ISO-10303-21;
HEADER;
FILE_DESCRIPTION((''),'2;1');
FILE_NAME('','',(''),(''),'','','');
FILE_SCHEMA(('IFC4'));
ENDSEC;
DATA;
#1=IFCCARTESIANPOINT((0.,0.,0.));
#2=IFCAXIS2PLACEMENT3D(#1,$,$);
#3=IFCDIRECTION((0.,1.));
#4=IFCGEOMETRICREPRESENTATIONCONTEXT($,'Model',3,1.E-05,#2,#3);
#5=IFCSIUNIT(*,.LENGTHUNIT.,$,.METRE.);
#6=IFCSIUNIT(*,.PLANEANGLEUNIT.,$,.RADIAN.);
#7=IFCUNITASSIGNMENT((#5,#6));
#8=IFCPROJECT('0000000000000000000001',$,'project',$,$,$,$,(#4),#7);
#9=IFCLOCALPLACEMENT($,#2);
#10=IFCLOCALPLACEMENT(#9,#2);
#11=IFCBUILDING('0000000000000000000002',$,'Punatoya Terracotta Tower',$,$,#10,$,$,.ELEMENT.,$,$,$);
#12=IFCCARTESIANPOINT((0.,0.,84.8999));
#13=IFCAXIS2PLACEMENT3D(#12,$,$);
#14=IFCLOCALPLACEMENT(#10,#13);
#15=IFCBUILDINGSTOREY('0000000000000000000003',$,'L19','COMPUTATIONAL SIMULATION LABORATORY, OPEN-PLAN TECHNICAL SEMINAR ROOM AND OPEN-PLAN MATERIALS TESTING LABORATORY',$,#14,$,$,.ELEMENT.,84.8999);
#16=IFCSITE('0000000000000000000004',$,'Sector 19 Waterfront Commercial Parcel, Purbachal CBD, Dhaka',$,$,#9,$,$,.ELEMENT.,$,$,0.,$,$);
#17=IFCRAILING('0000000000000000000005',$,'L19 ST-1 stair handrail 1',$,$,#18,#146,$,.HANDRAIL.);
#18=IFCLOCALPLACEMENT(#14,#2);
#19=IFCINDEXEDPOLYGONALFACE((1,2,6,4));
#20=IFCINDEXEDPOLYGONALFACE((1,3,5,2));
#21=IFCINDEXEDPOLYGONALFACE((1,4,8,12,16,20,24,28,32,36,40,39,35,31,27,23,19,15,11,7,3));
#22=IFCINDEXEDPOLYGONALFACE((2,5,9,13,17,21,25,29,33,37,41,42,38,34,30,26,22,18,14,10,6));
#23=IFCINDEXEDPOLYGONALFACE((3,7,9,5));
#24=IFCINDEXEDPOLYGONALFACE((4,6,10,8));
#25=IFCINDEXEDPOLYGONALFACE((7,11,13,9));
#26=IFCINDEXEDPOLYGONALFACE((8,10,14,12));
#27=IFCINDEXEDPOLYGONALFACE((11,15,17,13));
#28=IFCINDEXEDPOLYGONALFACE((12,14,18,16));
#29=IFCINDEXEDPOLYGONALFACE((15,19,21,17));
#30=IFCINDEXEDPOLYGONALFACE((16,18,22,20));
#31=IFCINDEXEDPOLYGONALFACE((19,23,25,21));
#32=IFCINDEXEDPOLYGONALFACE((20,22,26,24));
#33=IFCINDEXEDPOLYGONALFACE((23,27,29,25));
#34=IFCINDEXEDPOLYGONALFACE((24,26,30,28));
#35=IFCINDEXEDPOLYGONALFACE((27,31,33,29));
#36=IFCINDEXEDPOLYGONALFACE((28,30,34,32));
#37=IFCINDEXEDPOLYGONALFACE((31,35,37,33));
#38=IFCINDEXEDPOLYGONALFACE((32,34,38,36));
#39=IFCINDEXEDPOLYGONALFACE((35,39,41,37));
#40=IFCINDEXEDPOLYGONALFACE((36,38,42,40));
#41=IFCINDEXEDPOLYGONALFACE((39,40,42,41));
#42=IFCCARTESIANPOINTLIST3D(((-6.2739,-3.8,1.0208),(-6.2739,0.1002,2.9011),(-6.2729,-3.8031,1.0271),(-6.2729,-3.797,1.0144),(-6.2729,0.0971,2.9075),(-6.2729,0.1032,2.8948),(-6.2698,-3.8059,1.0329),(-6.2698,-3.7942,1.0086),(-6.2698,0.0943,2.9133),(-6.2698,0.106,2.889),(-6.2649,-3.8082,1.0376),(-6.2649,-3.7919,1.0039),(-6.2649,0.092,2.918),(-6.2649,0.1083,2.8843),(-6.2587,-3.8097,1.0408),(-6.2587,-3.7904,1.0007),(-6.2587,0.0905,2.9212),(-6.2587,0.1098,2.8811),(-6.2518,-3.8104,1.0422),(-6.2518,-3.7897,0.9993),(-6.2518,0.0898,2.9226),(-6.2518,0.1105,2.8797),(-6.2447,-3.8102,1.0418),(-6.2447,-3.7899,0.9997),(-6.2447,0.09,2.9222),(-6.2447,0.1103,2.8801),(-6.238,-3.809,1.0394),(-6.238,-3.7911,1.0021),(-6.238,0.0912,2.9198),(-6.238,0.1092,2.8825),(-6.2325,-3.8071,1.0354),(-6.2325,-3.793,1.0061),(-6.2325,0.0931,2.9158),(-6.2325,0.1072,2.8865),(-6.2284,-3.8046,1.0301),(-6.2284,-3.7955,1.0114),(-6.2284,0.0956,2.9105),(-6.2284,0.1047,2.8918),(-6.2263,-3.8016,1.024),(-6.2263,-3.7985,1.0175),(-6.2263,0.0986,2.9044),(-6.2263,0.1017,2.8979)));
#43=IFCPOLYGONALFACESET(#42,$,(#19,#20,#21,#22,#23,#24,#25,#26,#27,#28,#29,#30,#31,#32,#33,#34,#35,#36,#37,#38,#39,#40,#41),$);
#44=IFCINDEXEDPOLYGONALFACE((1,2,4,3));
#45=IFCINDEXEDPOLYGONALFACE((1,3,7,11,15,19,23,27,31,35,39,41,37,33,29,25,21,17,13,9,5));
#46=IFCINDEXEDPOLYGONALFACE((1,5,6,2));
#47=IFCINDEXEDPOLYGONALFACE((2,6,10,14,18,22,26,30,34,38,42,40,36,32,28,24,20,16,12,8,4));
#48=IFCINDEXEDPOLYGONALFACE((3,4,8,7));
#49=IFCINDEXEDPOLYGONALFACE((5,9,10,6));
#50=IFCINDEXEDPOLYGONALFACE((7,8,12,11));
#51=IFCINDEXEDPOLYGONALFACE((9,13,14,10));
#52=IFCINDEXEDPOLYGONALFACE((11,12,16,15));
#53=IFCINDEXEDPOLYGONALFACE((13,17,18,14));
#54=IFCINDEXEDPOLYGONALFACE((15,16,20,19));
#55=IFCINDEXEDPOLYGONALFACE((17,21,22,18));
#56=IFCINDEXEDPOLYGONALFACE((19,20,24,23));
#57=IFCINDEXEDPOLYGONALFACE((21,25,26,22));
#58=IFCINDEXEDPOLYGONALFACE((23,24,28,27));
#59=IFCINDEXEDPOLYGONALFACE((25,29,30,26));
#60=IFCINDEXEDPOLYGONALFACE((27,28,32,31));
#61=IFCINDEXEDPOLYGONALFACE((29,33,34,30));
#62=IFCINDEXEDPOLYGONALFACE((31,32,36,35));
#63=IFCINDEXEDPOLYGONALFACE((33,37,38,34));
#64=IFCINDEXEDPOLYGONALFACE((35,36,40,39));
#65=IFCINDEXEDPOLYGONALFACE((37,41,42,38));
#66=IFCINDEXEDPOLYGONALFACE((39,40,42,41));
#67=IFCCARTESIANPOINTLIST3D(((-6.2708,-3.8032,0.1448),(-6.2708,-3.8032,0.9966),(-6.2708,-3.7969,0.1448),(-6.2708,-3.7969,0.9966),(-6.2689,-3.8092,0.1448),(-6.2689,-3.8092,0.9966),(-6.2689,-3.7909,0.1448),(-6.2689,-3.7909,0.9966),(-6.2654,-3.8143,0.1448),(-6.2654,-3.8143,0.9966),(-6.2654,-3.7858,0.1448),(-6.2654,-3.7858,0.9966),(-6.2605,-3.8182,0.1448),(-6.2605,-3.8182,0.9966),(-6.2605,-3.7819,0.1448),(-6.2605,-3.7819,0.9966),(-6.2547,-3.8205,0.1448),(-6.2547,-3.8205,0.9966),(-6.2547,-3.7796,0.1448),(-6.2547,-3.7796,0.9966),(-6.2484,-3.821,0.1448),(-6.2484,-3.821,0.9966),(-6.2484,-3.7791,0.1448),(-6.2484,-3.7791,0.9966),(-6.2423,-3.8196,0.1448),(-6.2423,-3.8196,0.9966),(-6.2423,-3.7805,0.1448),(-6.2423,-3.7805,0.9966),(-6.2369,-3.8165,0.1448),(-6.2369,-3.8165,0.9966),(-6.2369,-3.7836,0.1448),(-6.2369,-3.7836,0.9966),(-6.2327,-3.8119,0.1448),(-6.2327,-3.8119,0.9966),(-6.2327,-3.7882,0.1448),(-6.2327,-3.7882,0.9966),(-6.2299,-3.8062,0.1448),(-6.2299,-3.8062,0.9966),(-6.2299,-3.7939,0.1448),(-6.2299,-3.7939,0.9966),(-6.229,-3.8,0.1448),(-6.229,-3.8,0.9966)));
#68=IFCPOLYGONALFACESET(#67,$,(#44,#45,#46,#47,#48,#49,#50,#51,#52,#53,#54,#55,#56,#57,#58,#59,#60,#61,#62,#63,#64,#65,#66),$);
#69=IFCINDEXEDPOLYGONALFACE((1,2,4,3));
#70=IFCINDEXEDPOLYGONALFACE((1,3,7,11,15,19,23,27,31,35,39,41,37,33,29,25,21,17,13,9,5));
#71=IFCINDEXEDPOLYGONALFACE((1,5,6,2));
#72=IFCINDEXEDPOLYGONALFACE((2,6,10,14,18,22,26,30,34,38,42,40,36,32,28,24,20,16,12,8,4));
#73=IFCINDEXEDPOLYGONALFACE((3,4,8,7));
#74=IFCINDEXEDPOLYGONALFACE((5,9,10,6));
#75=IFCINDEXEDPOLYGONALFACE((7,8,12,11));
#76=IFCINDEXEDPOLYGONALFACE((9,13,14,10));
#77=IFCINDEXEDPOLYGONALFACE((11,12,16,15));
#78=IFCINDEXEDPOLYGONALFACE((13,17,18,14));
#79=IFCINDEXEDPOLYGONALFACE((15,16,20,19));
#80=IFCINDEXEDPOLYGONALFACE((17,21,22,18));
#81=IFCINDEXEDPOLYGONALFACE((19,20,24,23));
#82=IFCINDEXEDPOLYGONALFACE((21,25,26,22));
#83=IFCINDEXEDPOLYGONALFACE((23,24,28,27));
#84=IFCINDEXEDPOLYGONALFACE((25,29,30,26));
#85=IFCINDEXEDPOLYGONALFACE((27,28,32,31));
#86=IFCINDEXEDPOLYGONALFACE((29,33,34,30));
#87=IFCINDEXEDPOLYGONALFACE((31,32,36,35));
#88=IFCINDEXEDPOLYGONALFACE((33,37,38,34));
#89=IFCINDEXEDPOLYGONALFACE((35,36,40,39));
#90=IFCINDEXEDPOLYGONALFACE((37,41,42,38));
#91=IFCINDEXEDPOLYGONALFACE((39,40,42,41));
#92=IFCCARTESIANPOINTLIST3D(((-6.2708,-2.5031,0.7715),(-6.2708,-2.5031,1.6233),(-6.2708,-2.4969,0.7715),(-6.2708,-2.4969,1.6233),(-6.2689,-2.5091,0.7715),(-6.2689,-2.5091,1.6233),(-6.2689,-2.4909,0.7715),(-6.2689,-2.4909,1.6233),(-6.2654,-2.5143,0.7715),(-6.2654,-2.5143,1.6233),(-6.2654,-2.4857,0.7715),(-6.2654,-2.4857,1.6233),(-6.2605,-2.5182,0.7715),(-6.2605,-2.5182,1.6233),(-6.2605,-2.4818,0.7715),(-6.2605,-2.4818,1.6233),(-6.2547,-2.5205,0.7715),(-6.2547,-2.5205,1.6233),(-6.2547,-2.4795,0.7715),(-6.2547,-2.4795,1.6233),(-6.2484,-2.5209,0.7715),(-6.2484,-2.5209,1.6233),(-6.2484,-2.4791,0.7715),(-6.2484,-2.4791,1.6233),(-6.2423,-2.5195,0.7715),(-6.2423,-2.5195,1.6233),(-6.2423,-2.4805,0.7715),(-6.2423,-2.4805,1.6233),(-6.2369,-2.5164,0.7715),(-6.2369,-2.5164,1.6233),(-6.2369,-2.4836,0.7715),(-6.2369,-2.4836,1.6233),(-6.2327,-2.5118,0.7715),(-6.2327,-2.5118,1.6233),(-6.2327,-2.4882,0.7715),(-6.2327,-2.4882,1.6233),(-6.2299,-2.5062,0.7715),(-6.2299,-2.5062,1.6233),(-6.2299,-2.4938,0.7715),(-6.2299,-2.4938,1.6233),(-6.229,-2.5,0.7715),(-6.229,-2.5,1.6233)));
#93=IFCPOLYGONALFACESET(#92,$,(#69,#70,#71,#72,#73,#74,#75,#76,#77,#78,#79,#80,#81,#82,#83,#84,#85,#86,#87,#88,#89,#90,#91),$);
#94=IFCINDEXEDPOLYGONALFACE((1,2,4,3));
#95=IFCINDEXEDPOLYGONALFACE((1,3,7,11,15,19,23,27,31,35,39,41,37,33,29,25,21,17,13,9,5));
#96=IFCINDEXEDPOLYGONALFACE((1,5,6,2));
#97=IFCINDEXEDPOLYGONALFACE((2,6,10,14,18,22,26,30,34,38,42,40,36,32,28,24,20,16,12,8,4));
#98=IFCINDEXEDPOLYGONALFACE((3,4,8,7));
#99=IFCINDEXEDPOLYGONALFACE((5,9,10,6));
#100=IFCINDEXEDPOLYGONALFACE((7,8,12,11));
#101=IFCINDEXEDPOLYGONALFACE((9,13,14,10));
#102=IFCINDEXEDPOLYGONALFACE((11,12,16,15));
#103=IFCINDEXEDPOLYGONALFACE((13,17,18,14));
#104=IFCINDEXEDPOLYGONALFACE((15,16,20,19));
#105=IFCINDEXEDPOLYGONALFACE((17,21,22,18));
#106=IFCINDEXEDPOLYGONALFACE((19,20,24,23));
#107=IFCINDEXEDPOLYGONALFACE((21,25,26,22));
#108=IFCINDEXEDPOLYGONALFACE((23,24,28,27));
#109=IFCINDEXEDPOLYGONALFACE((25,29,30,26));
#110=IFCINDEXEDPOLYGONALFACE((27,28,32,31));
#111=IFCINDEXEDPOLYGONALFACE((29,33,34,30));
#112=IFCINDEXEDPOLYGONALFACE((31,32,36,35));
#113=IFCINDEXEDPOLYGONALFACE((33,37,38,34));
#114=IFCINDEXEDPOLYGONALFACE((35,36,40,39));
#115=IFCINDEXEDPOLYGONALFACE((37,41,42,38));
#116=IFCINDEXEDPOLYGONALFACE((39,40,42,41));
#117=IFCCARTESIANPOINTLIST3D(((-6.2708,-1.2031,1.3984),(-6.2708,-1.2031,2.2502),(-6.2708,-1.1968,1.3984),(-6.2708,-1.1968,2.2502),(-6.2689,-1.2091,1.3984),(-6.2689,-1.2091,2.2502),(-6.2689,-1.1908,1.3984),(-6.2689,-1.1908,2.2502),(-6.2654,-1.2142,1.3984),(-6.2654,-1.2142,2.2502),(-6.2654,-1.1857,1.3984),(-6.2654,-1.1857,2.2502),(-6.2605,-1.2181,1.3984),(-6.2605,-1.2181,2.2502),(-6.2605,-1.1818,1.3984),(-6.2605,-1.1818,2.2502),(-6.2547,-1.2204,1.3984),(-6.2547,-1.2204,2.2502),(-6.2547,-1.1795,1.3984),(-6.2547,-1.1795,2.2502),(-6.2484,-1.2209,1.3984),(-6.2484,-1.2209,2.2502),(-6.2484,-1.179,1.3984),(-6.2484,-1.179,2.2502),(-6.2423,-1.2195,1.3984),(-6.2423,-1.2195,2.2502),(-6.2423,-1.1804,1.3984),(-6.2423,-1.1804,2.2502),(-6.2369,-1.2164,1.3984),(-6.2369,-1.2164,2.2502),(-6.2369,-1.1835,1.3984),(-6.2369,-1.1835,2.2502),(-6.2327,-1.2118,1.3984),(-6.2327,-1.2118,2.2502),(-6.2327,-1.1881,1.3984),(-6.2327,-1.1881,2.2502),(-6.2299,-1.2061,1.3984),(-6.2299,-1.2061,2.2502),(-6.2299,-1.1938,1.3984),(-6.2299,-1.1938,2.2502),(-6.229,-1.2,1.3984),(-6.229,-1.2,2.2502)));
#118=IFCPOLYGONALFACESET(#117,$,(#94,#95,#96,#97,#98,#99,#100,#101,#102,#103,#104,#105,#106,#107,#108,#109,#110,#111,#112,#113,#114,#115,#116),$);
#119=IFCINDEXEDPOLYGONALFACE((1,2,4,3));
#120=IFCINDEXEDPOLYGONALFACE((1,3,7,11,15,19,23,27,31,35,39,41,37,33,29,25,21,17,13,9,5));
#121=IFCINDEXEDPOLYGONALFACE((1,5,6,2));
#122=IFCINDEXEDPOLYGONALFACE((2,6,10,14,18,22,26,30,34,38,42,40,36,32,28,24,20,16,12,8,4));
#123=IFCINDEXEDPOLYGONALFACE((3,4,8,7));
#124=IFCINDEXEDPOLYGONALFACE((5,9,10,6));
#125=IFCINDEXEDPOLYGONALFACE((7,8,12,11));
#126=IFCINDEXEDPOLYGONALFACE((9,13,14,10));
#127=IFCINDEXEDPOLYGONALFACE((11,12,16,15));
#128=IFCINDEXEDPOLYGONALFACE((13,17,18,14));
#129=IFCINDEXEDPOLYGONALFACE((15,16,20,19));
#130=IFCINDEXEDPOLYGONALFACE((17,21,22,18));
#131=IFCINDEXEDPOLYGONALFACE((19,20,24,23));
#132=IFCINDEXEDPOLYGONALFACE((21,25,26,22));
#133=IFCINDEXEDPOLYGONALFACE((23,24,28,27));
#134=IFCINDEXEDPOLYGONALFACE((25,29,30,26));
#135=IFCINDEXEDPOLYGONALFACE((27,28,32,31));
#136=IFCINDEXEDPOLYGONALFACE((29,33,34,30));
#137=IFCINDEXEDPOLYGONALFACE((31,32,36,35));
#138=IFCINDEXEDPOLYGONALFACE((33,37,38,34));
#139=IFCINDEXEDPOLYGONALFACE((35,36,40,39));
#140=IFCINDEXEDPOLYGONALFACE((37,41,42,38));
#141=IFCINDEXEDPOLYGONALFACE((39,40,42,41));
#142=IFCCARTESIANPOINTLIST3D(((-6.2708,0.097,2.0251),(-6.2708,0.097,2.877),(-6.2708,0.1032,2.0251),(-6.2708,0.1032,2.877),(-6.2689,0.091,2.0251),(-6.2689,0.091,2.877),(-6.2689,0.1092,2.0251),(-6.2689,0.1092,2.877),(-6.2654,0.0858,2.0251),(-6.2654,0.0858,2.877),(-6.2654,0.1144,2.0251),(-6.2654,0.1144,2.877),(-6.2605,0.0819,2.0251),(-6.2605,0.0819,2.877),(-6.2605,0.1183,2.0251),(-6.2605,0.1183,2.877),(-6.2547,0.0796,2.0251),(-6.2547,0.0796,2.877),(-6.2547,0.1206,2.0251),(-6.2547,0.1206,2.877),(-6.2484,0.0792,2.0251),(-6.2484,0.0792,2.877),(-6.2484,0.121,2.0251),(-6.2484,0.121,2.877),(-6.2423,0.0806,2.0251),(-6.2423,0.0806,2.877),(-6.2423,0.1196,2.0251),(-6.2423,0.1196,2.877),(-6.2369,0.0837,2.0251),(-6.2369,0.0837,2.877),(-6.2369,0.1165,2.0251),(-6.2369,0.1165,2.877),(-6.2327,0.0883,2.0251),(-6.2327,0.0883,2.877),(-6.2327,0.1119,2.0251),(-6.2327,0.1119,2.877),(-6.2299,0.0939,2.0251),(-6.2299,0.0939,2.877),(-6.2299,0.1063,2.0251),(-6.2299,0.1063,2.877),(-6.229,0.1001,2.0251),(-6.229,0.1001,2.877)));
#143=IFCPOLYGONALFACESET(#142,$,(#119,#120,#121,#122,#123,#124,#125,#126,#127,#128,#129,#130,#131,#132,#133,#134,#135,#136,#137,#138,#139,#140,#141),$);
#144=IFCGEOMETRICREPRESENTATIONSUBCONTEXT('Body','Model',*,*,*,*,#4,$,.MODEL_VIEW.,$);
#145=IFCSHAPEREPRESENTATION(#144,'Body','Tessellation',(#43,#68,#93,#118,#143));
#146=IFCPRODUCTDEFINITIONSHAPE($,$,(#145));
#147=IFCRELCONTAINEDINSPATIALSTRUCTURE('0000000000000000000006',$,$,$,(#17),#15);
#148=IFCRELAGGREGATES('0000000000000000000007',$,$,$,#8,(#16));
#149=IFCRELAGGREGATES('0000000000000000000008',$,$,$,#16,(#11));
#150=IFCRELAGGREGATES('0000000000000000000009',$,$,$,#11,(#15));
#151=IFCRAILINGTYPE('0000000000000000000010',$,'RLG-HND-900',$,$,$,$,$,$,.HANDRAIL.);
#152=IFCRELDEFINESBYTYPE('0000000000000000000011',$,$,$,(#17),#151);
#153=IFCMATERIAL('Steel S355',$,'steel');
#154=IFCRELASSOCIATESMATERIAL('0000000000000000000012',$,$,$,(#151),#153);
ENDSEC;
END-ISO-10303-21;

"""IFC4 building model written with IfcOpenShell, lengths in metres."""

from ifc_helpers import new_model, si_unit, direction, frame, origin, origin_2d, place, context, subcontext, project, spatial, circle, extrude, material, type_object, element, save


model = new_model("IFC4")

# Units and contexts
model_context = context("Model", 3, precision=1e-05, world=origin(), true_north=direction((0.0, 1.0)))
body_context = subcontext(model_context, "Body", "Model", "MODEL_VIEW")
ifc_project = project(units=[si_unit("LENGTHUNIT", "METRE"), si_unit("PLANEANGLEUNIT", "RADIAN")], contexts=[model_context])

# Site, building, storey
site_placement = place(None, origin())
site = spatial("IfcSite", under=ifc_project, at=site_placement, Name="Sector 19 Waterfront Commercial Parcel, Purbachal CBD, Dhaka", CompositionType="ELEMENT", RefElevation=0.0)
building_placement = place(site_placement, origin())
building = spatial("IfcBuilding", under=site, at=building_placement, Name="Punatoya Terracotta Tower", CompositionType="ELEMENT")
storey_placement = place(building_placement, frame((0.0, 0.0, 84.8999)))
storey = spatial("IfcBuildingStorey", under=building, at=storey_placement, Name="L19", Description="COMPUTATIONAL SIMULATION LABORATORY, OPEN-PLAN TECHNICAL SEMINAR ROOM AND OPEN-PLAN MATERIALS TESTING LABORATORY", CompositionType="ELEMENT", Elevation=84.8999)

# Railing
ifc_material_1 = material(Name="Steel S355", Category="steel")
railing_type_1 = type_object("IfcRailingType", Name="RLG-HND-900", PredefinedType="HANDRAIL", material=ifc_material_1)
railing_1_placement = place(storey_placement, frame((-6.25, -3.8, 0.1448)))
element("IfcRailing", 1, at=railing_1_placement, inside=storey, type_object=railing_type_1, Name="L19 ST-1 stair handrail 1", PredefinedType="HANDRAIL", context=body_context, shape_type="SweptSolid", body=[
    extrude(circle(Radius=0.0239, at=origin_2d()), frame((0.0, 0.0, 0.876), z_axis=(0.0, 0.900774, 0.434289), x_axis=(-1.0, 0.0, 0.0)), (0.0, 0.0, 1.0), 4.3298),
    extrude(circle(Radius=0.021, at=origin_2d()), origin(), (0.0, 0.0, 1.0), 0.8518),
    extrude(circle(Radius=0.021, at=origin_2d()), frame((0.0, 1.3, 0.6267)), (0.0, 0.0, 1.0), 0.8518),
    extrude(circle(Radius=0.021, at=origin_2d()), frame((0.0, 2.6001, 1.2537)), (0.0, 0.0, 1.0), 0.8518),
    extrude(circle(Radius=0.021, at=origin_2d()), frame((0.0, 3.9001, 1.8804)), (0.0, 0.0, 1.0), 0.8518),
])

save(model, "model.ifc")
